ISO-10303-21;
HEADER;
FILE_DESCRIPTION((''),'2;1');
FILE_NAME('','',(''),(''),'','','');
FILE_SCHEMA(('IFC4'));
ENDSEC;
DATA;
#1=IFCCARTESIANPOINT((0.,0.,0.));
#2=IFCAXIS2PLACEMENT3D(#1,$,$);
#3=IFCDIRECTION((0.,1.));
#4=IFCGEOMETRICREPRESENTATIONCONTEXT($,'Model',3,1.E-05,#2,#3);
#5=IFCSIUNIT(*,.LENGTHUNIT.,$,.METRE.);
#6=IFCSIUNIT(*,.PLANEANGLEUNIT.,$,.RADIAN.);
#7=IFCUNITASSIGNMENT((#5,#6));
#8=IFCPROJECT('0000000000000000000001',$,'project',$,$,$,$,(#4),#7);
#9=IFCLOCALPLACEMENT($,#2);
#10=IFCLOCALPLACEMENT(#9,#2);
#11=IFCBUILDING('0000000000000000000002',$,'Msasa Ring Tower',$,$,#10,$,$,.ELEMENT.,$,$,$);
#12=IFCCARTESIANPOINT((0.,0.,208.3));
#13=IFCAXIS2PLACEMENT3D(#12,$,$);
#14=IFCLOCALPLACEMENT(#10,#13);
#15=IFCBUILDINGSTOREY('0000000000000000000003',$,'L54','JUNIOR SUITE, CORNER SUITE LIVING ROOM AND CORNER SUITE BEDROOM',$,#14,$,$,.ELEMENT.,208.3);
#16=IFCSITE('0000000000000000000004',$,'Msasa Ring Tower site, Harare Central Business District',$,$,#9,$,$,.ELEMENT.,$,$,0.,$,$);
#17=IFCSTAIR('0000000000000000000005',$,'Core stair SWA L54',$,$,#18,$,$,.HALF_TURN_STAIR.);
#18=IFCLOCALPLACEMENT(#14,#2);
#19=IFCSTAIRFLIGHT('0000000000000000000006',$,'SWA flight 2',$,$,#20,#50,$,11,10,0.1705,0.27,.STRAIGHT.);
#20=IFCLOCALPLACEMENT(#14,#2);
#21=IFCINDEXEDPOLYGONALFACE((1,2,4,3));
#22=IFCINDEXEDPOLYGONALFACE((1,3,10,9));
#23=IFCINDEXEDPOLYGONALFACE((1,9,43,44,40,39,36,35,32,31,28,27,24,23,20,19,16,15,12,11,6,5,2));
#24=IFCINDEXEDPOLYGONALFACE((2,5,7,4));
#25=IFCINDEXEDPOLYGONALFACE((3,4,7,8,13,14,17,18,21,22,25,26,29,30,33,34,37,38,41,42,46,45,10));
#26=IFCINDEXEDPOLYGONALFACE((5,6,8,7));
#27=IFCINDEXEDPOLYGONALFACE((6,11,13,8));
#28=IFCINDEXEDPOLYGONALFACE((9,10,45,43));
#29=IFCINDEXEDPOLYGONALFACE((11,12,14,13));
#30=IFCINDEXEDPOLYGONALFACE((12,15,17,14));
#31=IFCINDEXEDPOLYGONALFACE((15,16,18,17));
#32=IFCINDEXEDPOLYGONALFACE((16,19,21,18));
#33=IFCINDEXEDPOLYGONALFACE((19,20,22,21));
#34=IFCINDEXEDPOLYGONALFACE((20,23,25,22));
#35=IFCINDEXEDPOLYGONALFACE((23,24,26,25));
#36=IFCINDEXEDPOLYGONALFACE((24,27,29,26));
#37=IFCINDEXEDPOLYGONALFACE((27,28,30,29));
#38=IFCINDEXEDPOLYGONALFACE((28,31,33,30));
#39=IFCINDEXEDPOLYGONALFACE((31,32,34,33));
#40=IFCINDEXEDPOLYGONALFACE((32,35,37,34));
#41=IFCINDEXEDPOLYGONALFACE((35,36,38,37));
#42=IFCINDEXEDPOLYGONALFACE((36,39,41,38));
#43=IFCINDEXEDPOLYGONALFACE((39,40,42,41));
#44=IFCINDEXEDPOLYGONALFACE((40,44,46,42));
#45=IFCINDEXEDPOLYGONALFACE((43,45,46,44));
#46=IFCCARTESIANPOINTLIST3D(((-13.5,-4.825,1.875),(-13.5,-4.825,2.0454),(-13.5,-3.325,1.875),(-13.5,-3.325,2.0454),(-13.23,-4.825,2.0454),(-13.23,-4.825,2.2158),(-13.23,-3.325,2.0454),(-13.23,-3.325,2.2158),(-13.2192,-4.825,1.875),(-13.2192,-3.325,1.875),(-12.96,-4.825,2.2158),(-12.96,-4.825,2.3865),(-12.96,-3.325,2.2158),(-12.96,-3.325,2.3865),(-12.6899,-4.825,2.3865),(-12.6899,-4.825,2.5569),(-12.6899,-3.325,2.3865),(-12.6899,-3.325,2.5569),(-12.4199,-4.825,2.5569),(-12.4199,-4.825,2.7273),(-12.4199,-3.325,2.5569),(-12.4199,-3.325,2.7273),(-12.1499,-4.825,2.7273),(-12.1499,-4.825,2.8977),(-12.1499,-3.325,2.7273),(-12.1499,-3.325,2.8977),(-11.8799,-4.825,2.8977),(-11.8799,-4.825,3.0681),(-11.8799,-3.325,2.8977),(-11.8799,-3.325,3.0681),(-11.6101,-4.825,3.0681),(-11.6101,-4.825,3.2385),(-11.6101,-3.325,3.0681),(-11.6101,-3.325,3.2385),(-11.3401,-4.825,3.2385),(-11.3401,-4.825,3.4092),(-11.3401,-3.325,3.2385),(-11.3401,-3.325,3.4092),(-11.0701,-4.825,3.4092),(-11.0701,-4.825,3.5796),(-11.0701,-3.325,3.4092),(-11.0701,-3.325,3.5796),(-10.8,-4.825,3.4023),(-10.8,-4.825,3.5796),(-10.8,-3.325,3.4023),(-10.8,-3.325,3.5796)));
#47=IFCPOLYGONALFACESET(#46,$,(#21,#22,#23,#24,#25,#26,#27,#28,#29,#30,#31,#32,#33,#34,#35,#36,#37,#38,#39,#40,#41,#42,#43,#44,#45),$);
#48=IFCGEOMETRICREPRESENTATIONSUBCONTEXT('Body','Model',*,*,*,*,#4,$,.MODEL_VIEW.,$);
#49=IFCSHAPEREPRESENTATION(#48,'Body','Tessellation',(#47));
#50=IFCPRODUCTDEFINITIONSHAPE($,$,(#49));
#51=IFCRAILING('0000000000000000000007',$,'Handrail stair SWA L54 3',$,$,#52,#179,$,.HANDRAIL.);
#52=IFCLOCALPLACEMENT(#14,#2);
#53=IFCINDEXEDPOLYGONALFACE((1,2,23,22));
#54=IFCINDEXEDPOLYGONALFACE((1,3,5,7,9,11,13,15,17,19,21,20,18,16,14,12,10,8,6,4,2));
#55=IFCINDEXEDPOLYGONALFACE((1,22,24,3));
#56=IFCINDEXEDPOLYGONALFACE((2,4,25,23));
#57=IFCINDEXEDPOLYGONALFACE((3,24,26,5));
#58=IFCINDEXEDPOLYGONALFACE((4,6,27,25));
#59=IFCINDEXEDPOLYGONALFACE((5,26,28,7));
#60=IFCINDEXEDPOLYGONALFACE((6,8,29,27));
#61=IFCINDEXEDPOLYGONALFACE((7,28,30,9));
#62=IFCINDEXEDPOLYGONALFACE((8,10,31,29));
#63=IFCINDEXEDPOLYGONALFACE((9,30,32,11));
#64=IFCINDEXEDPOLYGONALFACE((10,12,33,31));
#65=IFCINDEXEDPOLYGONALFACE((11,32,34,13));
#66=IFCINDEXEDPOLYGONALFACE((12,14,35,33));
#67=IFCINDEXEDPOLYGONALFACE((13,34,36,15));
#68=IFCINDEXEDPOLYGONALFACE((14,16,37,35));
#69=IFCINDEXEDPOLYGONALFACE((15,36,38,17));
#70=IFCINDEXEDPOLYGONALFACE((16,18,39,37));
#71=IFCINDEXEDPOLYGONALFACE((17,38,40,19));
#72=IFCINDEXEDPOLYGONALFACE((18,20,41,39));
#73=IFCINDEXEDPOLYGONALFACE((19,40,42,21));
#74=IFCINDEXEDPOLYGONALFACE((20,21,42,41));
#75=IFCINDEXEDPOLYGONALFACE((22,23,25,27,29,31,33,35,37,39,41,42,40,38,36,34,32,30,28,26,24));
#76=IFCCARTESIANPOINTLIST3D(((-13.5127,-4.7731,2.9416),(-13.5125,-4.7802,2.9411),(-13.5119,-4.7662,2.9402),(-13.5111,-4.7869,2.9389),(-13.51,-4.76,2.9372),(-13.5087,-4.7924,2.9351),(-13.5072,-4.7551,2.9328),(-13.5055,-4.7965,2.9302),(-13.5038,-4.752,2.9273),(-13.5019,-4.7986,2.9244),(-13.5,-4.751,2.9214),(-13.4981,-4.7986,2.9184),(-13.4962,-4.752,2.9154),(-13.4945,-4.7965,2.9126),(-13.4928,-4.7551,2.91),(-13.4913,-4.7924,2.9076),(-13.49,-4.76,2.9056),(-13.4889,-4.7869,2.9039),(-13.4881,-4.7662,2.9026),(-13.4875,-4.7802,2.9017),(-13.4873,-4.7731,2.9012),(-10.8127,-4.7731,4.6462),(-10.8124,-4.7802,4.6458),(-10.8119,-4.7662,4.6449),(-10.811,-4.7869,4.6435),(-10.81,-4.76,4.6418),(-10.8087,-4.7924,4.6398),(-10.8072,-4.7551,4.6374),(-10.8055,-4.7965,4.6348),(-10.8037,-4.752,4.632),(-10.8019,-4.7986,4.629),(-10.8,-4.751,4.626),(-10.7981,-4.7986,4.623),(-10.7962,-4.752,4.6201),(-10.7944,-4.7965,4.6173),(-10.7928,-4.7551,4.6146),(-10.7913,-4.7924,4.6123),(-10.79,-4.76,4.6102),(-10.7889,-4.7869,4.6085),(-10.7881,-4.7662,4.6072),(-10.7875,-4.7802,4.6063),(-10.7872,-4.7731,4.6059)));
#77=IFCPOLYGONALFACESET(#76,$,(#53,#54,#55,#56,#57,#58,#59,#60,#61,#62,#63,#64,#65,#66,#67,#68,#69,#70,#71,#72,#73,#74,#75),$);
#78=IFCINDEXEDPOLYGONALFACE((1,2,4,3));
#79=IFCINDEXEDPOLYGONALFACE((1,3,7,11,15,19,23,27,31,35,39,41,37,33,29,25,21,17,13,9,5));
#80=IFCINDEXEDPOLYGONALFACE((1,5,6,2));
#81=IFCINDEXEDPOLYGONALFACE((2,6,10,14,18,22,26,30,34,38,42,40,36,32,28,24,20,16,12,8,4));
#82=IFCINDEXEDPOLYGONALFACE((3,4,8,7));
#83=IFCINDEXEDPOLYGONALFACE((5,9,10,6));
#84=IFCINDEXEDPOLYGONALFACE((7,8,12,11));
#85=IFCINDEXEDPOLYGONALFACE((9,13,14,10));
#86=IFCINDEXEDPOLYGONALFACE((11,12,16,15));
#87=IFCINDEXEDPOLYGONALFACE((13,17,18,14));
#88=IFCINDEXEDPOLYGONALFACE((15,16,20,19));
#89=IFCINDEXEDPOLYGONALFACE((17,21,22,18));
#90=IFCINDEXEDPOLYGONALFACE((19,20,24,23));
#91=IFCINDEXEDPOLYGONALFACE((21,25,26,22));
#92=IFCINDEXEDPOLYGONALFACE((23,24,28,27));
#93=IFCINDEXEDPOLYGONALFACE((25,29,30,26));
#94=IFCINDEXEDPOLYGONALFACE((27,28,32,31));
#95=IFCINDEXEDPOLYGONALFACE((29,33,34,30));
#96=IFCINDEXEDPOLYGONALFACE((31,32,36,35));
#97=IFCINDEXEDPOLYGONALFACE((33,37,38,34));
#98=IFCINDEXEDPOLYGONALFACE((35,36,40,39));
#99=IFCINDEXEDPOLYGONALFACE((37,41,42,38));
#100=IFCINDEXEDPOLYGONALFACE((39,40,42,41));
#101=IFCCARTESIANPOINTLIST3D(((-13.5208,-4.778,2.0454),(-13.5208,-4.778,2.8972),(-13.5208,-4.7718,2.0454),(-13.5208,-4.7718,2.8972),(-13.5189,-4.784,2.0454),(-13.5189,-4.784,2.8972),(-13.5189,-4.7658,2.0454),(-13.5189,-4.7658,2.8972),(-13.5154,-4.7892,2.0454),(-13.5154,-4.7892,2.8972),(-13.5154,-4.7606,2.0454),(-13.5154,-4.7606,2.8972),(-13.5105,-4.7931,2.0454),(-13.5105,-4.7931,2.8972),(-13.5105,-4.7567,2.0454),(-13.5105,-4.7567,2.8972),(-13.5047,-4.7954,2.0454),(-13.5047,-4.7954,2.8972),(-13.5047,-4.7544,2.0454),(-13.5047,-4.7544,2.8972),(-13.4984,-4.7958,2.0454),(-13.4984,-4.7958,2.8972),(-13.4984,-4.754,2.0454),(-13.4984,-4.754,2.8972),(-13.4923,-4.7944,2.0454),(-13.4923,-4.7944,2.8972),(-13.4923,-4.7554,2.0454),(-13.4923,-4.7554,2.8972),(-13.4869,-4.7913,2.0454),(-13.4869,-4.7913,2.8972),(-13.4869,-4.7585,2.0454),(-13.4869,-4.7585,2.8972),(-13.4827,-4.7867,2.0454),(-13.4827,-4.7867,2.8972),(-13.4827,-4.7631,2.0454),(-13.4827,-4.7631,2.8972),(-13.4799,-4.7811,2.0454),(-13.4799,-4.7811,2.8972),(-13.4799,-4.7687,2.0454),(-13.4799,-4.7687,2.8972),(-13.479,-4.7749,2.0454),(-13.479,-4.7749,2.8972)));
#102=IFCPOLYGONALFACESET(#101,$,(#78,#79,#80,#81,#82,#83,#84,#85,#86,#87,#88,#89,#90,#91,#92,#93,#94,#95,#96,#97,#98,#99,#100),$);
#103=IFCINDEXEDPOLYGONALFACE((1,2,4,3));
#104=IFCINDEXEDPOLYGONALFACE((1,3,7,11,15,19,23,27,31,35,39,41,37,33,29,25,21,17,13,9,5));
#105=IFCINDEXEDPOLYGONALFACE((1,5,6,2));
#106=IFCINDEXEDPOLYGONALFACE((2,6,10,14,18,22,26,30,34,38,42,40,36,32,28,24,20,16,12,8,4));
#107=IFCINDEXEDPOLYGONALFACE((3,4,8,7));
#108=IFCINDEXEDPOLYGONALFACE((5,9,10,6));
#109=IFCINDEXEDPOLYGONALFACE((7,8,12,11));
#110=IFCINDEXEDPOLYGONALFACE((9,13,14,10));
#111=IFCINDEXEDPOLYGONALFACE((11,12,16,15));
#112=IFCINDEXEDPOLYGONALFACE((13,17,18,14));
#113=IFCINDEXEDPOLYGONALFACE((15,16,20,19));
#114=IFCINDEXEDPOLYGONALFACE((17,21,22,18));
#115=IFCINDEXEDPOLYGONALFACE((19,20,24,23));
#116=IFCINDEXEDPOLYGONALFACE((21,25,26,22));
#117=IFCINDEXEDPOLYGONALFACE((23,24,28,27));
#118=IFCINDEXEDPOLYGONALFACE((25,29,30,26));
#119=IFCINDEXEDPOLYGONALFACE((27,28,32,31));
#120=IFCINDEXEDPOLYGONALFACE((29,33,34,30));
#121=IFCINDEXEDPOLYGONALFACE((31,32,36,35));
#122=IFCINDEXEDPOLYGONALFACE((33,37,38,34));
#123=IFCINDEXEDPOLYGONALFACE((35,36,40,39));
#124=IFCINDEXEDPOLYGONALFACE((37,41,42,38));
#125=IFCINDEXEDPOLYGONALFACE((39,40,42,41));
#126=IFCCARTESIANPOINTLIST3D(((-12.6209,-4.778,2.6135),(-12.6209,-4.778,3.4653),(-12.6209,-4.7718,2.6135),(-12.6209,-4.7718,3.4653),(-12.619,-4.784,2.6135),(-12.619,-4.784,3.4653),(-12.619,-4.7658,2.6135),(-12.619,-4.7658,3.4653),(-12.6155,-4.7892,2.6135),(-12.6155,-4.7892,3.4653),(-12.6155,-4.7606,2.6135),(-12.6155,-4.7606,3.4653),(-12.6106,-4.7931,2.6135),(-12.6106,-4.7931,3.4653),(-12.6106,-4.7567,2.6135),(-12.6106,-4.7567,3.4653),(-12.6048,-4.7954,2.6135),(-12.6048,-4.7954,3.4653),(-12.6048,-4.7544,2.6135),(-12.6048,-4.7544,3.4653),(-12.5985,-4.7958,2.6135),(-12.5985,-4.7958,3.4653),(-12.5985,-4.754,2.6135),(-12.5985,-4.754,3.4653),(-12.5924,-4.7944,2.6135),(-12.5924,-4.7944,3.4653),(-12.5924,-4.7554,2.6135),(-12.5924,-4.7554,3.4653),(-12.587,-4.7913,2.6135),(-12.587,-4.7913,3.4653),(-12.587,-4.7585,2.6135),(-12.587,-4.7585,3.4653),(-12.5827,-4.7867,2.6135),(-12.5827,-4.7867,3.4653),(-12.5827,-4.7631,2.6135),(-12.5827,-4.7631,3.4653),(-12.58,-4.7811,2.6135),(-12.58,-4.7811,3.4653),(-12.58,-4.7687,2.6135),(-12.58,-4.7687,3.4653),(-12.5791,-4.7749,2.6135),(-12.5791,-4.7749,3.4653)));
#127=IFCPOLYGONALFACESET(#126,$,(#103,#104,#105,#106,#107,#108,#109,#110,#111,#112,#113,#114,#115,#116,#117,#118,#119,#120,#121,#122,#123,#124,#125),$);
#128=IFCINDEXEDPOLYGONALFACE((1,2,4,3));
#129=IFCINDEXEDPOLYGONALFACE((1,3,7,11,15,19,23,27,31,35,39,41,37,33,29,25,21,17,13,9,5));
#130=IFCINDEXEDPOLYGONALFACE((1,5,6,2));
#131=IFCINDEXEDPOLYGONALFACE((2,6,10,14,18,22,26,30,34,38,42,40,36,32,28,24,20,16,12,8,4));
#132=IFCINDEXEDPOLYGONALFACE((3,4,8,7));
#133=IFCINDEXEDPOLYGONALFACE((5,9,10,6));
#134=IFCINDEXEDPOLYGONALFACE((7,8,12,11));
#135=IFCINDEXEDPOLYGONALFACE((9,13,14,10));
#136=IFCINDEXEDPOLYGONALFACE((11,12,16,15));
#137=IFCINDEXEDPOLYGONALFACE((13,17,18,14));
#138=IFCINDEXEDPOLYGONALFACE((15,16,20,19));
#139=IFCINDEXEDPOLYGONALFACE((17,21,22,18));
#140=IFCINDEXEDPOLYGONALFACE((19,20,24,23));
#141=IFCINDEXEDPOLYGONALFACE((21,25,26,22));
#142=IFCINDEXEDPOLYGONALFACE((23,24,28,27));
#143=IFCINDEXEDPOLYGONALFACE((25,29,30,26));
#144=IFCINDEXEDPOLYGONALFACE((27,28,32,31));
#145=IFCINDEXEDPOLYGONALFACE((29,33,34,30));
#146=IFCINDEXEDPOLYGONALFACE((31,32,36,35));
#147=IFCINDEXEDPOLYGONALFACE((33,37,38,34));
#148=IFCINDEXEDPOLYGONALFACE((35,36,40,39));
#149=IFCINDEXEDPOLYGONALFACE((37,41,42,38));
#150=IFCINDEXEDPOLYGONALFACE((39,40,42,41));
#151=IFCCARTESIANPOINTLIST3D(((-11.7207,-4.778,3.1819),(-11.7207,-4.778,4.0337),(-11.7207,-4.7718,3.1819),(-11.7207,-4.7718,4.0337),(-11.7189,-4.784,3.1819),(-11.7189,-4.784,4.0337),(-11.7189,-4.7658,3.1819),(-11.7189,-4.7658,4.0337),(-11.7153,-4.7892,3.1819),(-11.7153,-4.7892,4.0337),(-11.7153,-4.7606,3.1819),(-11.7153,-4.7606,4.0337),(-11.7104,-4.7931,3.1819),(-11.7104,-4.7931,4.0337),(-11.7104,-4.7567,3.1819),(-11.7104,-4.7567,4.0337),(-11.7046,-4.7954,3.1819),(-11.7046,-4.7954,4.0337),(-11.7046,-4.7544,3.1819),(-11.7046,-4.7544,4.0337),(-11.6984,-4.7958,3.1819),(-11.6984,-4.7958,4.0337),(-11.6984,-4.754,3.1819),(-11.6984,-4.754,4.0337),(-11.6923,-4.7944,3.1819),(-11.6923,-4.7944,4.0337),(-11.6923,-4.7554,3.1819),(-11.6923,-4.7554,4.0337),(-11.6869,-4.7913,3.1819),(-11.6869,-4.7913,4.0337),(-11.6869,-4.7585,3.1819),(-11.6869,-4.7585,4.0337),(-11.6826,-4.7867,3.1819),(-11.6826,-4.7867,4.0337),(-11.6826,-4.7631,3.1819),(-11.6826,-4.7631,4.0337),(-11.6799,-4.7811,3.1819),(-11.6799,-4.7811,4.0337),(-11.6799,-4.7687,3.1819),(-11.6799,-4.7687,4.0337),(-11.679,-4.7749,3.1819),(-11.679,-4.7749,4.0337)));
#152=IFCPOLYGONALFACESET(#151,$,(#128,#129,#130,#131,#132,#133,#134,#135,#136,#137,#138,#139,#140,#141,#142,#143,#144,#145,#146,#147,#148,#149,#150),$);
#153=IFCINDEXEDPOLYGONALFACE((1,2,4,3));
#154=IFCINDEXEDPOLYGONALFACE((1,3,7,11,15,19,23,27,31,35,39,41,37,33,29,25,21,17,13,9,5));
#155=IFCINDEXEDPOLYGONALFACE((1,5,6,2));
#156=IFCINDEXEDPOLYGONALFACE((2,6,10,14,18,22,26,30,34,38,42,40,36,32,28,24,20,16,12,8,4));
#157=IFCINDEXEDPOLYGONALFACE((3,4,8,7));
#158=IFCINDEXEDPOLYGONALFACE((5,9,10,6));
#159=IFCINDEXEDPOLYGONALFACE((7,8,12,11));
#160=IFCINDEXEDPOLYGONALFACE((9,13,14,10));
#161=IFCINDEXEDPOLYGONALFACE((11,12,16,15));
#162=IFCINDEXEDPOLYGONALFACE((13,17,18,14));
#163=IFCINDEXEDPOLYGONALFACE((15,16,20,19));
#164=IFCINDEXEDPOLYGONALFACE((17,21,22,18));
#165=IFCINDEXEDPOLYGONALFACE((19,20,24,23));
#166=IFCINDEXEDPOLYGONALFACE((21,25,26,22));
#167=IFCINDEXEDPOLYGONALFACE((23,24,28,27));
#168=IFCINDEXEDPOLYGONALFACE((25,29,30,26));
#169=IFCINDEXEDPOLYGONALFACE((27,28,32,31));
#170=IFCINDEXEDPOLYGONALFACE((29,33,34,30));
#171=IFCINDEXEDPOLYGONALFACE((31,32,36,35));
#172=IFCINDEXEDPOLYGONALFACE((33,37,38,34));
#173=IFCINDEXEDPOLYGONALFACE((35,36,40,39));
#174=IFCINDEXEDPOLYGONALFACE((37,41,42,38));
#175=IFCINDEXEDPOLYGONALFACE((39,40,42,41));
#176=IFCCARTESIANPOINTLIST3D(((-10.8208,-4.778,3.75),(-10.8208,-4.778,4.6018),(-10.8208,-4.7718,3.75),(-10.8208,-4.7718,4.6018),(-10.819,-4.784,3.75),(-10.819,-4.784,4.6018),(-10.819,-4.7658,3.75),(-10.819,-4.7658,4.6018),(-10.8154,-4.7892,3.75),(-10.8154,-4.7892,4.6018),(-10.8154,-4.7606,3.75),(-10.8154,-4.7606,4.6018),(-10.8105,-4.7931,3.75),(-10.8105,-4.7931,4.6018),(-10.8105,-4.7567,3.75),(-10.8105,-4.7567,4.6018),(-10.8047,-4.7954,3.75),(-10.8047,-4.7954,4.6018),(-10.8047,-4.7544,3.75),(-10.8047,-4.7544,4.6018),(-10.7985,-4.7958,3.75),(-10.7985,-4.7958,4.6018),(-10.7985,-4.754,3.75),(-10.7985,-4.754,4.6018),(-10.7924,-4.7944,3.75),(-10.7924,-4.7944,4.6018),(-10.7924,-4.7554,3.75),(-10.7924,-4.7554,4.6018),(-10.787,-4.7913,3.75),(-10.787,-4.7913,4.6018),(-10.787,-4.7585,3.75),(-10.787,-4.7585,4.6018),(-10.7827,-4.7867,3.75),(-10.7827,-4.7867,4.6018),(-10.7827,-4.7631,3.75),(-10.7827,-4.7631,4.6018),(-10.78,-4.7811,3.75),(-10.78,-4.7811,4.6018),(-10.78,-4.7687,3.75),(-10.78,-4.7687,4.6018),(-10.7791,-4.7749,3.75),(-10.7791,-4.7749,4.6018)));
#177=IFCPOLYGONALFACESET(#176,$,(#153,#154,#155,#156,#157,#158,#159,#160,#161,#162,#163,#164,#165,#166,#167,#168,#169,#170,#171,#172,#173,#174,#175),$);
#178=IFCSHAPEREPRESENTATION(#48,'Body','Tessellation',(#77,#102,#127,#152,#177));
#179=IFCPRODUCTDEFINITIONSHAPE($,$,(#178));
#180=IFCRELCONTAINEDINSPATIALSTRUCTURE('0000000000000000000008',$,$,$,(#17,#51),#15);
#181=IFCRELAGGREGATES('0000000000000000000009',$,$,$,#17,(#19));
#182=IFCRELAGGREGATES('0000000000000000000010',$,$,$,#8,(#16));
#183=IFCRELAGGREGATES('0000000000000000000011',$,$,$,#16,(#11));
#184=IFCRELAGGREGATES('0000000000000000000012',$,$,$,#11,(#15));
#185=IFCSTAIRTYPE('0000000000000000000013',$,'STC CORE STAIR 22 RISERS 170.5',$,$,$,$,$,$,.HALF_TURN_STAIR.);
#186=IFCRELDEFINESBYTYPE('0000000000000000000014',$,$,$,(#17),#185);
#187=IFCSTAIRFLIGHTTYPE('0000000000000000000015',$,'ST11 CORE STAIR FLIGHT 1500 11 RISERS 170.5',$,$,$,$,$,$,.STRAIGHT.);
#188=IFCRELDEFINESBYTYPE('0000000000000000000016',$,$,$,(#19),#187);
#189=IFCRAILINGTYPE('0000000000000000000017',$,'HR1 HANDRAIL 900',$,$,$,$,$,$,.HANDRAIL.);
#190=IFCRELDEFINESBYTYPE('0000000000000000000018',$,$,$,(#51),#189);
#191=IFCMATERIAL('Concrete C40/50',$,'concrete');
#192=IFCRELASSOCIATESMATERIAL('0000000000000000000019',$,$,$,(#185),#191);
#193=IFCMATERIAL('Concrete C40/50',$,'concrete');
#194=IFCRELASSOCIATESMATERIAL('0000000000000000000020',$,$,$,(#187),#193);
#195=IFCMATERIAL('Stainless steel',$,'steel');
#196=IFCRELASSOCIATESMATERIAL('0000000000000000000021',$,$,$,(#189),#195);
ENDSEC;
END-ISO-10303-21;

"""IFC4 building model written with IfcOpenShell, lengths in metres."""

from ifc_helpers import new_model, si_unit, direction, frame, origin, origin_2d, place, context, subcontext, project, spatial, polyline, circle, outline, extrude, material, type_object, element, aggregate, save


model = new_model("IFC4")

# Units and contexts
model_context = context("Model", 3, precision=1e-05, world=origin(), true_north=direction((0.0, 1.0)))
body_context = subcontext(model_context, "Body", "Model", "MODEL_VIEW")
ifc_project = project(units=[si_unit("LENGTHUNIT", "METRE"), si_unit("PLANEANGLEUNIT", "RADIAN")], contexts=[model_context])

# Site, building, storey
site_placement = place(None, origin())
site = spatial("IfcSite", under=ifc_project, at=site_placement, Name="Msasa Ring Tower site, Harare Central Business District", CompositionType="ELEMENT", RefElevation=0.0)
building_placement = place(site_placement, origin())
building = spatial("IfcBuilding", under=site, at=building_placement, Name="Msasa Ring Tower", CompositionType="ELEMENT")
storey_placement = place(building_placement, frame((0.0, 0.0, 208.3)))
storey = spatial("IfcBuildingStorey", under=building, at=storey_placement, Name="L54", Description="JUNIOR SUITE, CORNER SUITE LIVING ROOM AND CORNER SUITE BEDROOM", CompositionType="ELEMENT", Elevation=208.3)

# Stair, stair flight
ifc_material_1 = material(Name="Concrete C40/50", Category="concrete")
stair_type = type_object("IfcStairType", Name="STC CORE STAIR 22 RISERS 170.5", PredefinedType="HALF_TURN_STAIR", material=ifc_material_1)
stair_placement = place(storey_placement, origin())
stair = element("IfcStair", 1, at=stair_placement, inside=storey, type_object=stair_type, Name="Core stair SWA L54", PredefinedType="HALF_TURN_STAIR")
ifc_material_2 = material(Name="Concrete C40/50", Category="concrete")
stair_flight_type = type_object("IfcStairFlightType", Name="ST11 CORE STAIR FLIGHT 1500 11 RISERS 170.5", PredefinedType="STRAIGHT", material=ifc_material_2)
stair_flight_placement = place(storey_placement, frame((-13.5, -4.075, 1.875), z_axis=(0.0, 0.0, 1.0), x_axis=(1.0, 0.0, 0.0)))
stair_flight = element("IfcStairFlight", 2, at=stair_flight_placement, type_object=stair_flight_type, Name="SWA flight 2", NumberOfRisers=11, NumberOfTreads=10, PredefinedType="STRAIGHT", RiserHeight=0.1705, TreadLength=0.27, context=body_context, shape_type="SweptSolid", body=[
    extrude(outline(polyline([(0.0, 0.0), (0.0, 0.1704), (0.27, 0.1704), (0.27, 0.3408), (0.54, 0.3408), (0.54, 0.5115), (0.8101, 0.5115), (0.8101, 0.6819), (1.0801, 0.6819), (1.0801, 0.8523), (1.3501, 0.8523), (1.3501, 1.0227), (1.6201, 1.0227), (1.6201, 1.1931), (1.8899, 1.1931), (1.8899, 1.3635), (2.1599, 1.3635), (2.1599, 1.5342), (2.4299, 1.5342), (2.4299, 1.7046), (2.7, 1.7046), (2.7, 1.875), (2.7, 1.5273), (0.2808, 0.0), (0.0, 0.0)])), frame((0.0, 0.75, 0.0), z_axis=(0.0, -1.0, 0.0), x_axis=(1.0, 0.0, 0.0)), (0.0, 0.0, 1.0), 1.5),
])
aggregate(stair, [stair_flight])

# Railing
ifc_material_3 = material(Name="Stainless steel", Category="steel")
railing_type = type_object("IfcRailingType", Name="HR1 HANDRAIL 900", PredefinedType="HANDRAIL", material=ifc_material_3)
for number, where, name in (
    (3, (-13.5, -4.7749, 2.0454), "Handrail stair SWA L54 3"),
):
    element("IfcRailing", number, at=place(storey_placement, frame(where)), inside=storey, type_object=railing_type, Name=name, PredefinedType="HANDRAIL", context=body_context, shape_type="SweptSolid", body=[
        extrude(circle(Radius=0.0239, at=origin_2d()), frame((0.0, 0.0, 0.876), z_axis=(0.84558, 0.0, 0.533849), x_axis=(0.0, 1.0, 0.0)), (0.0, 0.0, 1.0), 3.1931),
        extrude(circle(Radius=0.021, at=origin_2d()), origin(), (0.0, 0.0, 1.0), 0.8518),
        extrude(circle(Radius=0.021, at=origin_2d()), frame((0.8999, 0.0, 0.5681)), (0.0, 0.0, 1.0), 0.8518),
        extrude(circle(Radius=0.021, at=origin_2d()), frame((1.8, 0.0, 1.1365)), (0.0, 0.0, 1.0), 0.8518),
        extrude(circle(Radius=0.021, at=origin_2d()), frame((2.7, 0.0, 1.7046)), (0.0, 0.0, 1.0), 0.8518),
    ])

save(model, "model.ifc")
